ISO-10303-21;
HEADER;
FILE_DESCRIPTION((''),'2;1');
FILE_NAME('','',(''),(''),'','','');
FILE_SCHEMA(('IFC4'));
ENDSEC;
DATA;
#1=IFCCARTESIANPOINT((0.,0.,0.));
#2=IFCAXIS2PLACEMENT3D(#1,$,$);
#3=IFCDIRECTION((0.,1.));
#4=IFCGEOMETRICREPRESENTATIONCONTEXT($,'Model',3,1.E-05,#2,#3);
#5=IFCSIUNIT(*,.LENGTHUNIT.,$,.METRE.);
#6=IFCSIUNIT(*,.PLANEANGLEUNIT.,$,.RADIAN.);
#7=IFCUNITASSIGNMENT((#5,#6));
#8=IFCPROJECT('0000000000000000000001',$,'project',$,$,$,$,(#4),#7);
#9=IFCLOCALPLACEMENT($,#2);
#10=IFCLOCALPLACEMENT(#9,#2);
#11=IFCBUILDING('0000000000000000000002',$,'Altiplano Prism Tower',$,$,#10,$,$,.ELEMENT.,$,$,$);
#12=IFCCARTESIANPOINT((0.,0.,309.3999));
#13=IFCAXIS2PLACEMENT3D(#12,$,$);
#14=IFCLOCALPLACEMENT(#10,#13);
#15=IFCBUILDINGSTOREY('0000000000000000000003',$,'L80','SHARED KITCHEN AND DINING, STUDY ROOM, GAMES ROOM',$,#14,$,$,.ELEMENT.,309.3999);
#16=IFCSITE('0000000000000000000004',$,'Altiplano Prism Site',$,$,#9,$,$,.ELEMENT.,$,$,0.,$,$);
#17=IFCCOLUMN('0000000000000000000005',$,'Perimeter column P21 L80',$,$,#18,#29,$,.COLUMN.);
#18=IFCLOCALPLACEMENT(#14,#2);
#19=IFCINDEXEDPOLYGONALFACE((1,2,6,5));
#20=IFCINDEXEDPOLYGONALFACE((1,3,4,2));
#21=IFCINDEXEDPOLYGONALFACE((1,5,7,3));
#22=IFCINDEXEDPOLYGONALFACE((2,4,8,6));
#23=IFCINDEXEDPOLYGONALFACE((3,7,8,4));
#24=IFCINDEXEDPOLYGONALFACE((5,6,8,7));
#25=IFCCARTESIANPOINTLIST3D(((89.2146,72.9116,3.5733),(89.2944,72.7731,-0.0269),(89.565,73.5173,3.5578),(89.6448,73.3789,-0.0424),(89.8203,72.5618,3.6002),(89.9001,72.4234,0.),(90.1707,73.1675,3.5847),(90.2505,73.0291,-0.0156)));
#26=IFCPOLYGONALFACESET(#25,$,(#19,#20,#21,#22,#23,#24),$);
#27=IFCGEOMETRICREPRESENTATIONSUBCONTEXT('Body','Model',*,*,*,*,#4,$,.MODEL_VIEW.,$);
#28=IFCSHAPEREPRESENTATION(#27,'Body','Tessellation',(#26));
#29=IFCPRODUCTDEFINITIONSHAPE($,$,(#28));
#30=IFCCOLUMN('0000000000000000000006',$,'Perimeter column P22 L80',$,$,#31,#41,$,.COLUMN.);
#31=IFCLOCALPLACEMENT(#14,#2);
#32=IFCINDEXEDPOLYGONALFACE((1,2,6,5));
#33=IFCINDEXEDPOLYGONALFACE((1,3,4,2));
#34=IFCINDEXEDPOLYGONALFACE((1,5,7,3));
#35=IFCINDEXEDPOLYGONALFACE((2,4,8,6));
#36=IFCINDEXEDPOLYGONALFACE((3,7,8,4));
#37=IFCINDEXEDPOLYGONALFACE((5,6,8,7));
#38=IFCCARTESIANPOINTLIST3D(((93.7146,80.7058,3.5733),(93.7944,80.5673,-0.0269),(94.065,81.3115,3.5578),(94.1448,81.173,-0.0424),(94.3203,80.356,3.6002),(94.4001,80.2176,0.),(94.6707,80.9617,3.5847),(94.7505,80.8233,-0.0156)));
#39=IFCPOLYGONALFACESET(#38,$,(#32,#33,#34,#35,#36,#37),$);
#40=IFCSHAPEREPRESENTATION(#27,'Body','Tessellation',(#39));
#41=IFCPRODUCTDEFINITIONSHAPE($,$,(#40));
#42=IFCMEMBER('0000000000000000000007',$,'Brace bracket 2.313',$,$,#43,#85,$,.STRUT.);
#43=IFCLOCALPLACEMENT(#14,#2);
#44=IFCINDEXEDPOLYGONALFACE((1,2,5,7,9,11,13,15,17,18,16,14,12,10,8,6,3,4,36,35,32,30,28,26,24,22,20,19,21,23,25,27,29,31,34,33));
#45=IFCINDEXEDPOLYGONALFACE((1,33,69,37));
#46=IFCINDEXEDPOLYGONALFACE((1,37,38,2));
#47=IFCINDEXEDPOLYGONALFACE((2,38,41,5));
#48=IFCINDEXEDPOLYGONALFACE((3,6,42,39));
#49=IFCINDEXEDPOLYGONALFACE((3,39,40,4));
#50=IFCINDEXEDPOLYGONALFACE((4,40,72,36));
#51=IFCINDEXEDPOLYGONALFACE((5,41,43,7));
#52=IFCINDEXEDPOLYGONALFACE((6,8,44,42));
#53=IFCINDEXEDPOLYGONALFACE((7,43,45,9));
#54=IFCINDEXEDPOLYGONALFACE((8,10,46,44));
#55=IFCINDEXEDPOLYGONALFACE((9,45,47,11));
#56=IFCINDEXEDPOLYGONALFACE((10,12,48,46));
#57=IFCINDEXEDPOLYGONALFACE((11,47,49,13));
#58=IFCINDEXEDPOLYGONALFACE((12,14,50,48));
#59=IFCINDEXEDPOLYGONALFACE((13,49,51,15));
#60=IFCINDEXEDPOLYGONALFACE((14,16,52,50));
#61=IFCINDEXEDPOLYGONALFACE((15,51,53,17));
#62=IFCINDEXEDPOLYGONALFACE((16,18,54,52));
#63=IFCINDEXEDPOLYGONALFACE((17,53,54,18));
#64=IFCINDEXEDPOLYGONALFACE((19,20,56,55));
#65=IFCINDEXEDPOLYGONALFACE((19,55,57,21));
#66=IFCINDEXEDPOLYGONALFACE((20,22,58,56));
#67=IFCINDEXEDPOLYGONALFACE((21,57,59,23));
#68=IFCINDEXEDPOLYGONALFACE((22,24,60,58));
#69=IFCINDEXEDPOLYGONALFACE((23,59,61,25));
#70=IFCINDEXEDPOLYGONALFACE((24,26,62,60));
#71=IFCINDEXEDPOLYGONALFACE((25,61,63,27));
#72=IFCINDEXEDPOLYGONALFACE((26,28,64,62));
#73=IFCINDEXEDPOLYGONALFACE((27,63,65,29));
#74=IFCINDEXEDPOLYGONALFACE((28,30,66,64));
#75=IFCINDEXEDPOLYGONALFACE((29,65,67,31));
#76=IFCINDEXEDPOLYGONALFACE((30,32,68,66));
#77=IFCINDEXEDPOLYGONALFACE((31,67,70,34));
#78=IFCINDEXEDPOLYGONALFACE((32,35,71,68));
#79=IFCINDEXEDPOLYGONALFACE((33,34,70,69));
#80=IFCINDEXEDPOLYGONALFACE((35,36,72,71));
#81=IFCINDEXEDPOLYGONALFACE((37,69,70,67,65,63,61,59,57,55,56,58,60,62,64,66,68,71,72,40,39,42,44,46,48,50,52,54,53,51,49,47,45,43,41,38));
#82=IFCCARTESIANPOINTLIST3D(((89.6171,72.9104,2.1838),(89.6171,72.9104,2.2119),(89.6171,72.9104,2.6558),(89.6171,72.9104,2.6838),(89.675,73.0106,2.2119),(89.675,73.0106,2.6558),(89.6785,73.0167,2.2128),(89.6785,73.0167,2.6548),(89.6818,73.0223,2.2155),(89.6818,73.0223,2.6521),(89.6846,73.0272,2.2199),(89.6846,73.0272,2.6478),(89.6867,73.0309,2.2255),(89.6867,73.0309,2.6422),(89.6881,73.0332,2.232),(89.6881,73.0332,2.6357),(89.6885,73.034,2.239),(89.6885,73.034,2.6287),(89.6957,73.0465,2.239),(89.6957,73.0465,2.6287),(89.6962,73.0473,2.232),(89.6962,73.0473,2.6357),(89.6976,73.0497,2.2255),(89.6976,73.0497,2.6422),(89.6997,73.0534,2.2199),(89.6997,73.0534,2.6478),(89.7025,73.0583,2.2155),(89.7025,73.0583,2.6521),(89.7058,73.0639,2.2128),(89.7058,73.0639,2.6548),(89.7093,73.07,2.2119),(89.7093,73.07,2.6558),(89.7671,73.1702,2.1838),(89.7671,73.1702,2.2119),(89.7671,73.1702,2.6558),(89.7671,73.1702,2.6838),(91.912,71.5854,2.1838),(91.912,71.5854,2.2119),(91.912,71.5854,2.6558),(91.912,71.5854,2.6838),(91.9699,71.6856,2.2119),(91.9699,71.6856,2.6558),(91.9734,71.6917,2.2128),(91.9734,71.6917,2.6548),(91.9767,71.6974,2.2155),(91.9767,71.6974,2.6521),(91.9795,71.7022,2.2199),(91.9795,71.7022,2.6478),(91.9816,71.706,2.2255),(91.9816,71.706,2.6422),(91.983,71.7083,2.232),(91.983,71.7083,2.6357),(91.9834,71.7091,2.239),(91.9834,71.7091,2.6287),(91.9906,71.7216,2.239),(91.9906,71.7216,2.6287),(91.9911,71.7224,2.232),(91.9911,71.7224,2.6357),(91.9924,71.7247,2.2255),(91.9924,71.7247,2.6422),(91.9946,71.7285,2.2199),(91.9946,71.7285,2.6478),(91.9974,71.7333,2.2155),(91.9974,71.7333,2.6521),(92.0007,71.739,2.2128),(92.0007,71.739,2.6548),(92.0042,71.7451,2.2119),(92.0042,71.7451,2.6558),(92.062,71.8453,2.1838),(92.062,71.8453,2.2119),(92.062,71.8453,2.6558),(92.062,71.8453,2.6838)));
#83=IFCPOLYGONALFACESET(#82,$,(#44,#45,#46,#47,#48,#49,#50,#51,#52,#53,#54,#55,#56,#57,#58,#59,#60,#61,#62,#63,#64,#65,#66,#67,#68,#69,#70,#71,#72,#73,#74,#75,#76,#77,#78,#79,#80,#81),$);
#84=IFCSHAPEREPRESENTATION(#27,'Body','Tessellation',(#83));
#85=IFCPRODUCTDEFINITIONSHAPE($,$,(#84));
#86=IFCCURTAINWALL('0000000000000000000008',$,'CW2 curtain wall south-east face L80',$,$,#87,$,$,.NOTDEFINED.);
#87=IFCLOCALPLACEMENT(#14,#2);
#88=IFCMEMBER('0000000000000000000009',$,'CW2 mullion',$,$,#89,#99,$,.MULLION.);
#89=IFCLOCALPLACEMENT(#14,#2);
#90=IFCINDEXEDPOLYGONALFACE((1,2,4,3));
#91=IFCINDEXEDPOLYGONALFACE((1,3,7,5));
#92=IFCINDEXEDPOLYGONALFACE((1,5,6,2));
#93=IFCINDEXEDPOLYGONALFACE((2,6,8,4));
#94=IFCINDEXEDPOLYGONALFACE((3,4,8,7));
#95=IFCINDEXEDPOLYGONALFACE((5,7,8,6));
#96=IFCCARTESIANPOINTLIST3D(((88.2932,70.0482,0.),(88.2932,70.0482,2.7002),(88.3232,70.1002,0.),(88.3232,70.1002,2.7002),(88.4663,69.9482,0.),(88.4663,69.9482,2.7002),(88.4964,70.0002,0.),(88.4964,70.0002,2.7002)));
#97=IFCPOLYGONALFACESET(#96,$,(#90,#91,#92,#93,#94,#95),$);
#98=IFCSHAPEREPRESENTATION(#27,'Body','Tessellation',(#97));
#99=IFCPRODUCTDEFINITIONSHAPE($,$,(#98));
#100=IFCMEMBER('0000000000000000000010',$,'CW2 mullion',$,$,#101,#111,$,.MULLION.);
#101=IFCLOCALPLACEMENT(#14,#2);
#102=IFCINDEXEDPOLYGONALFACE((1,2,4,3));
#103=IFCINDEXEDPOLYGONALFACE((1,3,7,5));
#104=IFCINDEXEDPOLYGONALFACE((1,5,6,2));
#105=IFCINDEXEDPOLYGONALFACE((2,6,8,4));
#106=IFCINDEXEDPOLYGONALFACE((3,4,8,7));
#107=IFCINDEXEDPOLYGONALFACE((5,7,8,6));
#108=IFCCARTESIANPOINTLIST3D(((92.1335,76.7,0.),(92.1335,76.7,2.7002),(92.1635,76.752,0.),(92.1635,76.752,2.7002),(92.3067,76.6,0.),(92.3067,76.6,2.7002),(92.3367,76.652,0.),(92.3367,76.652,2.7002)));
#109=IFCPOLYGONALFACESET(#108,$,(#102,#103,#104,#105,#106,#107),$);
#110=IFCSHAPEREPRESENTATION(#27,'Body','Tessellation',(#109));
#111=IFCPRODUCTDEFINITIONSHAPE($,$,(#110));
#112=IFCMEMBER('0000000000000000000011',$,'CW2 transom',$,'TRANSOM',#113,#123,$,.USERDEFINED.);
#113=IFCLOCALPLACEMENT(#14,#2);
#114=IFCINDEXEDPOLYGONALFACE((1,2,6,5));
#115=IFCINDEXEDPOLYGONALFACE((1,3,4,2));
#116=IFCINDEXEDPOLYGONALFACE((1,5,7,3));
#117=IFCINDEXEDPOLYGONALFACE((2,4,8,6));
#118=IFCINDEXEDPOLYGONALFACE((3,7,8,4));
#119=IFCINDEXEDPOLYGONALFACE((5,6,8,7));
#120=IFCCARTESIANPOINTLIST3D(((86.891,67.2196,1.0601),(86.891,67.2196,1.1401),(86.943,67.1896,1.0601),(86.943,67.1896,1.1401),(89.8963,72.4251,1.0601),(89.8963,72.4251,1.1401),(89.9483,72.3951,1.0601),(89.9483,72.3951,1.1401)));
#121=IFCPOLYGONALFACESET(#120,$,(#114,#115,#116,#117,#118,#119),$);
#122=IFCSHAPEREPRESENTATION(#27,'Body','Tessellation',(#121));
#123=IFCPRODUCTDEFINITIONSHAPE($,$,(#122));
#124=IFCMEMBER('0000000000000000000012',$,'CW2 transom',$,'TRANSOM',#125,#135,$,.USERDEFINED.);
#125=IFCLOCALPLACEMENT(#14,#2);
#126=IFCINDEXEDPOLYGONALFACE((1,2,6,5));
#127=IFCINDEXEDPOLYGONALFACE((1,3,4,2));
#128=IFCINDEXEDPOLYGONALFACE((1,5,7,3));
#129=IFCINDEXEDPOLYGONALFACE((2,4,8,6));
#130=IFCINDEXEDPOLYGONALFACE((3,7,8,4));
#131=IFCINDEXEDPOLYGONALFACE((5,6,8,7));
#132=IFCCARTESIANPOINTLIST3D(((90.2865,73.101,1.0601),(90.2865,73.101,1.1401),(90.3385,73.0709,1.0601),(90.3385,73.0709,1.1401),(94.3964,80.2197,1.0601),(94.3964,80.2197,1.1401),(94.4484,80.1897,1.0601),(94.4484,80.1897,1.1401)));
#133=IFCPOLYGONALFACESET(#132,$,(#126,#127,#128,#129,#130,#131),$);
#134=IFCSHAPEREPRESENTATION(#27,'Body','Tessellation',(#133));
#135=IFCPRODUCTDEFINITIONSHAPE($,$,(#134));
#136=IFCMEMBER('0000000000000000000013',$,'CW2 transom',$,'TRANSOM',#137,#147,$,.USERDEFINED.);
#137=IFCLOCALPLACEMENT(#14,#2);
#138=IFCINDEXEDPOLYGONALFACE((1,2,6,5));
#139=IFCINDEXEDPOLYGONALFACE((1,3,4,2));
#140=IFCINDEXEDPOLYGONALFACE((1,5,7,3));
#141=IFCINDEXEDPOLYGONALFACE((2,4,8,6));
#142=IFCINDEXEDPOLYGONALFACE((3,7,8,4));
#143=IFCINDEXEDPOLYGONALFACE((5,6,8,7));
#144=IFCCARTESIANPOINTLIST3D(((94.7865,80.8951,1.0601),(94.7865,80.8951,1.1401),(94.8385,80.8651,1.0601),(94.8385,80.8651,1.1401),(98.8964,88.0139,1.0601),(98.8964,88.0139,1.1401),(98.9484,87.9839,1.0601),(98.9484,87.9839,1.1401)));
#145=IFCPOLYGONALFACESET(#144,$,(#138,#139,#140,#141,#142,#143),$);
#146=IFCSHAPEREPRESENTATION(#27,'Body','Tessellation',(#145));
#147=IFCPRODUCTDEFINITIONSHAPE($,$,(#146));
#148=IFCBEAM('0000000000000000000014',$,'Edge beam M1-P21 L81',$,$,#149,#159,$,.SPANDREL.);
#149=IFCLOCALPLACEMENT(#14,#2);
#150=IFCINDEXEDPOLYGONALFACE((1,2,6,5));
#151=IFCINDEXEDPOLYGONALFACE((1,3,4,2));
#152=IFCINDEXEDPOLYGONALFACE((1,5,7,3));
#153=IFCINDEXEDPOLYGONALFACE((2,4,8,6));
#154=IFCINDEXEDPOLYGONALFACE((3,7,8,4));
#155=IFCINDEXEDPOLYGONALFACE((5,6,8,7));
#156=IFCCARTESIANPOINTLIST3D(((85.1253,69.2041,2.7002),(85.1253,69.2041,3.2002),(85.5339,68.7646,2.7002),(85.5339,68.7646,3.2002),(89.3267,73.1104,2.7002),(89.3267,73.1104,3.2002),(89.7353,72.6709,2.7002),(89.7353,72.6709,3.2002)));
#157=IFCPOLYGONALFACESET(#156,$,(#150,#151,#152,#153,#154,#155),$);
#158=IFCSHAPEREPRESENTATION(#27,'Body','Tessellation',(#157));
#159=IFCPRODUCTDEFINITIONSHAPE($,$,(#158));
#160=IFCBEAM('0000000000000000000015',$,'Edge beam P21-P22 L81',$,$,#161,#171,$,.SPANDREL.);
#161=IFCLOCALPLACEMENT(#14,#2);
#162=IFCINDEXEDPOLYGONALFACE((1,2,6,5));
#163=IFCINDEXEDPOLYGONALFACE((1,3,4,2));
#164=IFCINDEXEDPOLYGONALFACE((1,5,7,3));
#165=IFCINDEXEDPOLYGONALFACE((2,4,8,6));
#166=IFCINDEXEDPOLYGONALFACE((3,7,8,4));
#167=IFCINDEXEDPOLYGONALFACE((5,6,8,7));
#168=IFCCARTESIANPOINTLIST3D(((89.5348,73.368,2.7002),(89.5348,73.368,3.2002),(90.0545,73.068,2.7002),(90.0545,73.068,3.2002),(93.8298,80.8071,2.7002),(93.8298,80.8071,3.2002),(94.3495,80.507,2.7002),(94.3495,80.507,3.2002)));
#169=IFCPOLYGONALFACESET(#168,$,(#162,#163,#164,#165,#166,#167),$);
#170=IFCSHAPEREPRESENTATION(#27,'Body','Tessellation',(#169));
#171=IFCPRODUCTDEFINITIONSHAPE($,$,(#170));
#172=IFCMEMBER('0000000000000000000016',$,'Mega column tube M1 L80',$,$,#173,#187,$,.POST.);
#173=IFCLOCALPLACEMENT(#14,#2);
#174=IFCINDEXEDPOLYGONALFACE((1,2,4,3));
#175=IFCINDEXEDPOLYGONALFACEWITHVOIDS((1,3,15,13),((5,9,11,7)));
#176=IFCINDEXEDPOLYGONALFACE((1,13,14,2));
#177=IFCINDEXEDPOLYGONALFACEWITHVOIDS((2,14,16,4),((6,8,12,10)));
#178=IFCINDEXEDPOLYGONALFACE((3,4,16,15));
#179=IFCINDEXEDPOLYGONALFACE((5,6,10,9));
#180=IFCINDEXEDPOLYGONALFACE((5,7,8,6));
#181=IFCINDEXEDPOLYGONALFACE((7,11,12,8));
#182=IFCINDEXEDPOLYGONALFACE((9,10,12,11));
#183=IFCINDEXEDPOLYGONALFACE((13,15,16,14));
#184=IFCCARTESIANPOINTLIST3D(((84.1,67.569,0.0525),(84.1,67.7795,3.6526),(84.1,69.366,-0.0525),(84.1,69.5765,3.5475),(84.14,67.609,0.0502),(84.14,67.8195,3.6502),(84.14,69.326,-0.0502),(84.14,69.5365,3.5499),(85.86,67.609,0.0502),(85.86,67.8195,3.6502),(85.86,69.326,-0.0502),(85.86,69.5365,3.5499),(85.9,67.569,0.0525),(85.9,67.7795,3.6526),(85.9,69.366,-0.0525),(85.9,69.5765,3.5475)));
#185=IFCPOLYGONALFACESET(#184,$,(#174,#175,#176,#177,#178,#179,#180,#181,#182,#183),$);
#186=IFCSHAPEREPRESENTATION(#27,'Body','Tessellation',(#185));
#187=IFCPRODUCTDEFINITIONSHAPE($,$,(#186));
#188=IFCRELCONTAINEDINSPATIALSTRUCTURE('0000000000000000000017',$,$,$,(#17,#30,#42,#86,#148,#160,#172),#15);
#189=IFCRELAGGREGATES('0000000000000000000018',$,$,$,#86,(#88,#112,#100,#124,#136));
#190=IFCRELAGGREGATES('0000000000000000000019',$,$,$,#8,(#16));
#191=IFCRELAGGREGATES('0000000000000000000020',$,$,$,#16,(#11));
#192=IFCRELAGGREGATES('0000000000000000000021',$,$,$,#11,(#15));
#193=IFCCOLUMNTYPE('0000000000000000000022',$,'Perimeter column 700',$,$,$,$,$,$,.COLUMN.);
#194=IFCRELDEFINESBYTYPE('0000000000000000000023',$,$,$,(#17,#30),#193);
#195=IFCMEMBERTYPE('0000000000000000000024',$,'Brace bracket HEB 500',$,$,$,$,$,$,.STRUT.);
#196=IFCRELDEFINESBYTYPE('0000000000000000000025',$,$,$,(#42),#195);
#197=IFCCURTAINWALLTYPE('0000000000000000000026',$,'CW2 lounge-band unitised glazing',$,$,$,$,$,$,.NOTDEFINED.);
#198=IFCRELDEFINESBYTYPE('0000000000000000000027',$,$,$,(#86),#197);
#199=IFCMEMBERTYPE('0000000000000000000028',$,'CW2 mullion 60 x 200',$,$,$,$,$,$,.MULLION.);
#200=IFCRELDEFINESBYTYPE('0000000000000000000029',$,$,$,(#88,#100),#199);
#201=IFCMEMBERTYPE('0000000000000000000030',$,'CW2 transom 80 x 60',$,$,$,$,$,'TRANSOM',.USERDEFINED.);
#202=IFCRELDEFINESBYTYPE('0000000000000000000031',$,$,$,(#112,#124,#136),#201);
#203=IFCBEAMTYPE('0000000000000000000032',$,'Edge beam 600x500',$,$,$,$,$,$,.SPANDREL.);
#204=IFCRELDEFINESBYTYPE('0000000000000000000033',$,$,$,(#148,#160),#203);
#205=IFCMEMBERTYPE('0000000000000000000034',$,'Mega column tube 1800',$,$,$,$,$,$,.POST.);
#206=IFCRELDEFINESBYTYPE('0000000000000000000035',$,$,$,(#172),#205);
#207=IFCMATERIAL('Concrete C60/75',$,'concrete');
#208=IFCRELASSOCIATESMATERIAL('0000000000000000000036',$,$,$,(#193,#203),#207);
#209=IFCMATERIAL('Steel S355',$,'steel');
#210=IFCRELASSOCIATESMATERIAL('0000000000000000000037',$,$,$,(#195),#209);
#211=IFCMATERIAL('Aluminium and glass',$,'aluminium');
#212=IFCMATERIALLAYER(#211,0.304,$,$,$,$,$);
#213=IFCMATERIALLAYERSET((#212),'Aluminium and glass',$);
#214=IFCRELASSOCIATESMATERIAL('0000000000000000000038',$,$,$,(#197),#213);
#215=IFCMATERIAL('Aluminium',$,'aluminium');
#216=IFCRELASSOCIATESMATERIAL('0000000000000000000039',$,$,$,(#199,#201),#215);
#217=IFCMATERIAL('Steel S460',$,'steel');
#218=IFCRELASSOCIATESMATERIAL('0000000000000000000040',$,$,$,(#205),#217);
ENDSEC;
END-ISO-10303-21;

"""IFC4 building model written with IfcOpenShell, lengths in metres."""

from ifc_helpers import new_model, si_unit, direction, frame, origin, origin_2d, place, context, subcontext, project, spatial, rectangle, hollow_rectangle, i_section, extrude, material, layer, layer_set, material_profile, profile_set, type_object, element, aggregate, save


model = new_model("IFC4")

# Units and contexts
model_context = context("Model", 3, precision=1e-05, world=origin(), true_north=direction((0.0, 1.0)))
body_context = subcontext(model_context, "Body", "Model", "MODEL_VIEW")
ifc_project = project(units=[si_unit("LENGTHUNIT", "METRE"), si_unit("PLANEANGLEUNIT", "RADIAN")], contexts=[model_context])

# Site, building, storey
site_placement = place(None, origin())
site = spatial("IfcSite", under=ifc_project, at=site_placement, Name="Altiplano Prism Site", CompositionType="ELEMENT", RefElevation=0.0)
building_placement = place(site_placement, origin())
building = spatial("IfcBuilding", under=site, at=building_placement, Name="Altiplano Prism Tower", CompositionType="ELEMENT")
storey_placement = place(building_placement, frame((0.0, 0.0, 309.3999)))
storey = spatial("IfcBuildingStorey", under=building, at=storey_placement, Name="L80", Description="SHARED KITCHEN AND DINING, STUDY ROOM, GAMES ROOM", CompositionType="ELEMENT", Elevation=309.3999)

# Columns
ifc_material_1 = material(Name="Concrete C60/75", Category="concrete")
ifc_material_profile_1 = material_profile(ifc_material_1, rectangle(XDim=0.7, YDim=0.7, at=origin_2d()), Name="Perimeter column 700")
ifc_profile_set_1 = profile_set([ifc_material_profile_1], Name="Concrete C60/75")
column_type = type_object("IfcColumnType", Name="Perimeter column 700", PredefinedType="COLUMN", material=ifc_profile_set_1)
for number, where, z_axis, x_axis, name in (
    (1, (89.7725, 72.9011, -0.0212), (-0.022154, 0.038413, 0.999016), (-0.500657, -0.865362, 0.022172), "Perimeter column P21 L80"),
    (2, (94.2725, 80.6953, -0.0212), (-0.022154, 0.038413, 0.999016), (-0.500657, -0.865362, 0.022172), "Perimeter column P22 L80"),
):
    element("IfcColumn", number, at=place(storey_placement, frame(where, z_axis=z_axis, x_axis=x_axis)), inside=storey, type_object=column_type, Name=name, PredefinedType="COLUMN", context=body_context, shape_type="SweptSolid", body=[
        extrude(rectangle(XDim=0.7, YDim=0.7, at=origin_2d()), origin(), (0.0, 0.0, 1.0), 3.6038),
    ])

# Member
ifc_material_2 = material(Name="Steel S355", Category="steel")
ifc_material_profile_2 = material_profile(ifc_material_2, i_section(OverallWidth=0.3, OverallDepth=0.5, WebThickness=0.0144, FlangeThickness=0.0281, FilletRadius=0.0271, at=origin_2d()), Name="Brace bracket HEB 500")
ifc_profile_set_2 = profile_set([ifc_material_profile_2], Name="Steel S355")
member_type_1 = type_object("IfcMemberType", Name="Brace bracket HEB 500", PredefinedType="STRUT", material=ifc_profile_set_2)
member_1_placement = place(storey_placement, frame((89.6921, 73.0403, 2.4338), z_axis=(0.866029, -0.499994, 0.0), x_axis=(0.499994, 0.866029, 0.0)))
element("IfcMember", 3, at=member_1_placement, inside=storey, type_object=member_type_1, Name="Brace bracket 2.313", PredefinedType="STRUT", context=body_context, shape_type="SweptSolid", body=[
    extrude(i_section(OverallWidth=0.3, OverallDepth=0.5, WebThickness=0.0144, FlangeThickness=0.0281, FilletRadius=0.0271, at=origin_2d()), origin(), (0.0, 0.0, 1.0), 2.6499),
])

# Curtain wall, members
ifc_material_3 = material(Name="Aluminium and glass", Category="aluminium")
ifc_layer_1 = layer(ifc_material_3, 0.304)
ifc_layer_set_1 = layer_set([ifc_layer_1], Name="Aluminium and glass")
curtain_wall_type = type_object("IfcCurtainWallType", Name="CW2 lounge-band unitised glazing", PredefinedType="NOTDEFINED", material=ifc_layer_set_1)
curtain_wall_1_placement = place(storey_placement, origin())
curtain_wall_1 = element("IfcCurtainWall", 4, at=curtain_wall_1_placement, inside=storey, type_object=curtain_wall_type, Name="CW2 curtain wall south-east face L80", PredefinedType="NOTDEFINED")
ifc_material_4 = material(Name="Aluminium", Category="aluminium")
ifc_material_profile_3 = material_profile(ifc_material_4, rectangle(XDim=0.2, YDim=0.0601, at=origin_2d()), Name="CW2 mullion 60 x 200")
ifc_profile_set_3 = profile_set([ifc_material_profile_3], Name="Aluminium")
member_type_2 = type_object("IfcMemberType", Name="CW2 mullion 60 x 200", PredefinedType="MULLION", material=ifc_profile_set_3)
member_2_placement = place(storey_placement, frame((88.3948, 70.0242, 0.0), z_axis=(0.0, 0.0, 1.0), x_axis=(-0.866025, 0.5, 0.0)))
member_2 = element("IfcMember", 5, at=member_2_placement, type_object=member_type_2, Name="CW2 mullion", PredefinedType="MULLION", context=body_context, shape_type="SweptSolid", body=[
    extrude(rectangle(XDim=0.2, YDim=0.0601, at=origin_2d()), origin(), (0.0, 0.0, 1.0), 2.7002),
])
member_3_placement = place(storey_placement, frame((92.2351, 76.676, 0.0), z_axis=(0.0, 0.0, 1.0), x_axis=(-0.866025, 0.5, 0.0)))
member_3 = element("IfcMember", 6, at=member_3_placement, type_object=member_type_2, Name="CW2 mullion", PredefinedType="MULLION", context=body_context, shape_type="SweptSolid", body=[
    extrude(rectangle(XDim=0.2, YDim=0.0601, at=origin_2d()), origin(), (0.0, 0.0, 1.0), 2.7002),
])
ifc_material_profile_4 = material_profile(ifc_material_4, rectangle(XDim=0.0601, YDim=0.0801, at=origin_2d()), Name="CW2 transom 80 x 60")
ifc_profile_set_4 = profile_set([ifc_material_profile_4], Name="Aluminium")
member_type_3 = type_object("IfcMemberType", Name="CW2 transom 80 x 60", ElementType="TRANSOM", PredefinedType="USERDEFINED", material=ifc_profile_set_4)
member_4_placement = place(storey_placement, frame((86.917, 67.2046, 1.1001), z_axis=(0.499992, 0.86603, 0.0), x_axis=(-0.86603, 0.499992, 0.0)))
member_4 = element("IfcMember", 7, at=member_4_placement, type_object=member_type_3, Name="CW2 transom", ObjectType="TRANSOM", PredefinedType="USERDEFINED", context=body_context, shape_type="SweptSolid", body=[
    extrude(rectangle(XDim=0.0601, YDim=0.0801, at=origin_2d()), origin(), (0.0, 0.0, 1.0), 6.0107),
])
member_5_placement = place(storey_placement, frame((90.3125, 73.0859, 1.1001), z_axis=(0.499992, 0.86603, 0.0), x_axis=(-0.86603, 0.499992, 0.0)))
member_5 = element("IfcMember", 8, at=member_5_placement, type_object=member_type_3, Name="CW2 transom", ObjectType="TRANSOM", PredefinedType="USERDEFINED", context=body_context, shape_type="SweptSolid", body=[
    extrude(rectangle(XDim=0.0601, YDim=0.0801, at=origin_2d()), origin(), (0.0, 0.0, 1.0), 8.22),
])
member_6_placement = place(storey_placement, frame((94.8125, 80.8801, 1.1001), z_axis=(0.499992, 0.86603, 0.0), x_axis=(-0.86603, 0.499992, 0.0)))
member_6 = element("IfcMember", 9, at=member_6_placement, type_object=member_type_3, Name="CW2 transom", ObjectType="TRANSOM", PredefinedType="USERDEFINED", context=body_context, shape_type="SweptSolid", body=[
    extrude(rectangle(XDim=0.0601, YDim=0.0801, at=origin_2d()), origin(), (0.0, 0.0, 1.0), 8.22),
])

# Beams
ifc_material_profile_5 = material_profile(ifc_material_1, rectangle(XDim=0.6001, YDim=0.5, at=origin_2d()), Name="Edge beam 600x500")
ifc_profile_set_5 = profile_set([ifc_material_profile_5], Name="Concrete C60/75")
beam_type = type_object("IfcBeamType", Name="Edge beam 600x500", PredefinedType="SPANDREL", material=ifc_profile_set_5)
beam_1_placement = place(storey_placement, frame((85.3296, 68.9844, 2.9502), z_axis=(0.732364, 0.680913, 0.0), x_axis=(-0.680913, 0.732364, 0.0)))
element("IfcBeam", 10, at=beam_1_placement, inside=storey, type_object=beam_type, Name="Edge beam M1-P21 L81", PredefinedType="SPANDREL", context=body_context, shape_type="SweptSolid", body=[
    extrude(rectangle(XDim=0.6001, YDim=0.5, at=origin_2d()), origin(), (0.0, 0.0, 1.0), 5.7368),
])
beam_2_placement = place(storey_placement, frame((89.7947, 73.218, 2.9502), z_axis=(0.500003, 0.866024, 0.0), x_axis=(-0.866024, 0.500003, 0.0)))
element("IfcBeam", 11, at=beam_2_placement, inside=storey, type_object=beam_type, Name="Edge beam P21-P22 L81", PredefinedType="SPANDREL", context=body_context, shape_type="SweptSolid", body=[
    extrude(rectangle(XDim=0.6001, YDim=0.5, at=origin_2d()), origin(), (0.0, 0.0, 1.0), 8.5898),
])

# Member
ifc_material_5 = material(Name="Steel S460", Category="steel")
ifc_material_profile_6 = material_profile(ifc_material_5, hollow_rectangle(XDim=1.8, YDim=1.8, WallThickness=0.04, at=origin_2d()), Name="Mega column tube 1800")
ifc_profile_set_6 = profile_set([ifc_material_profile_6], Name="Steel S460")
member_type_4 = type_object("IfcMemberType", Name="Mega column tube 1800", PredefinedType="POST", material=ifc_profile_set_6)
member_7_placement = place(storey_placement, frame((85.0, 68.4675, 0.0), z_axis=(0.0, 0.058357, 0.998296), x_axis=(-1.0, 0.0, 0.0)))
element("IfcMember", 12, at=member_7_placement, inside=storey, type_object=member_type_4, Name="Mega column tube M1 L80", PredefinedType="POST", context=body_context, shape_type="SweptSolid", body=[
    extrude(hollow_rectangle(XDim=1.8, YDim=1.8, WallThickness=0.04, at=origin_2d()), origin(), (0.0, 0.0, 1.0), 3.6062),
])

aggregate(curtain_wall_1, [member_2, member_4, member_3, member_5, member_6])

save(model, "model.ifc")
